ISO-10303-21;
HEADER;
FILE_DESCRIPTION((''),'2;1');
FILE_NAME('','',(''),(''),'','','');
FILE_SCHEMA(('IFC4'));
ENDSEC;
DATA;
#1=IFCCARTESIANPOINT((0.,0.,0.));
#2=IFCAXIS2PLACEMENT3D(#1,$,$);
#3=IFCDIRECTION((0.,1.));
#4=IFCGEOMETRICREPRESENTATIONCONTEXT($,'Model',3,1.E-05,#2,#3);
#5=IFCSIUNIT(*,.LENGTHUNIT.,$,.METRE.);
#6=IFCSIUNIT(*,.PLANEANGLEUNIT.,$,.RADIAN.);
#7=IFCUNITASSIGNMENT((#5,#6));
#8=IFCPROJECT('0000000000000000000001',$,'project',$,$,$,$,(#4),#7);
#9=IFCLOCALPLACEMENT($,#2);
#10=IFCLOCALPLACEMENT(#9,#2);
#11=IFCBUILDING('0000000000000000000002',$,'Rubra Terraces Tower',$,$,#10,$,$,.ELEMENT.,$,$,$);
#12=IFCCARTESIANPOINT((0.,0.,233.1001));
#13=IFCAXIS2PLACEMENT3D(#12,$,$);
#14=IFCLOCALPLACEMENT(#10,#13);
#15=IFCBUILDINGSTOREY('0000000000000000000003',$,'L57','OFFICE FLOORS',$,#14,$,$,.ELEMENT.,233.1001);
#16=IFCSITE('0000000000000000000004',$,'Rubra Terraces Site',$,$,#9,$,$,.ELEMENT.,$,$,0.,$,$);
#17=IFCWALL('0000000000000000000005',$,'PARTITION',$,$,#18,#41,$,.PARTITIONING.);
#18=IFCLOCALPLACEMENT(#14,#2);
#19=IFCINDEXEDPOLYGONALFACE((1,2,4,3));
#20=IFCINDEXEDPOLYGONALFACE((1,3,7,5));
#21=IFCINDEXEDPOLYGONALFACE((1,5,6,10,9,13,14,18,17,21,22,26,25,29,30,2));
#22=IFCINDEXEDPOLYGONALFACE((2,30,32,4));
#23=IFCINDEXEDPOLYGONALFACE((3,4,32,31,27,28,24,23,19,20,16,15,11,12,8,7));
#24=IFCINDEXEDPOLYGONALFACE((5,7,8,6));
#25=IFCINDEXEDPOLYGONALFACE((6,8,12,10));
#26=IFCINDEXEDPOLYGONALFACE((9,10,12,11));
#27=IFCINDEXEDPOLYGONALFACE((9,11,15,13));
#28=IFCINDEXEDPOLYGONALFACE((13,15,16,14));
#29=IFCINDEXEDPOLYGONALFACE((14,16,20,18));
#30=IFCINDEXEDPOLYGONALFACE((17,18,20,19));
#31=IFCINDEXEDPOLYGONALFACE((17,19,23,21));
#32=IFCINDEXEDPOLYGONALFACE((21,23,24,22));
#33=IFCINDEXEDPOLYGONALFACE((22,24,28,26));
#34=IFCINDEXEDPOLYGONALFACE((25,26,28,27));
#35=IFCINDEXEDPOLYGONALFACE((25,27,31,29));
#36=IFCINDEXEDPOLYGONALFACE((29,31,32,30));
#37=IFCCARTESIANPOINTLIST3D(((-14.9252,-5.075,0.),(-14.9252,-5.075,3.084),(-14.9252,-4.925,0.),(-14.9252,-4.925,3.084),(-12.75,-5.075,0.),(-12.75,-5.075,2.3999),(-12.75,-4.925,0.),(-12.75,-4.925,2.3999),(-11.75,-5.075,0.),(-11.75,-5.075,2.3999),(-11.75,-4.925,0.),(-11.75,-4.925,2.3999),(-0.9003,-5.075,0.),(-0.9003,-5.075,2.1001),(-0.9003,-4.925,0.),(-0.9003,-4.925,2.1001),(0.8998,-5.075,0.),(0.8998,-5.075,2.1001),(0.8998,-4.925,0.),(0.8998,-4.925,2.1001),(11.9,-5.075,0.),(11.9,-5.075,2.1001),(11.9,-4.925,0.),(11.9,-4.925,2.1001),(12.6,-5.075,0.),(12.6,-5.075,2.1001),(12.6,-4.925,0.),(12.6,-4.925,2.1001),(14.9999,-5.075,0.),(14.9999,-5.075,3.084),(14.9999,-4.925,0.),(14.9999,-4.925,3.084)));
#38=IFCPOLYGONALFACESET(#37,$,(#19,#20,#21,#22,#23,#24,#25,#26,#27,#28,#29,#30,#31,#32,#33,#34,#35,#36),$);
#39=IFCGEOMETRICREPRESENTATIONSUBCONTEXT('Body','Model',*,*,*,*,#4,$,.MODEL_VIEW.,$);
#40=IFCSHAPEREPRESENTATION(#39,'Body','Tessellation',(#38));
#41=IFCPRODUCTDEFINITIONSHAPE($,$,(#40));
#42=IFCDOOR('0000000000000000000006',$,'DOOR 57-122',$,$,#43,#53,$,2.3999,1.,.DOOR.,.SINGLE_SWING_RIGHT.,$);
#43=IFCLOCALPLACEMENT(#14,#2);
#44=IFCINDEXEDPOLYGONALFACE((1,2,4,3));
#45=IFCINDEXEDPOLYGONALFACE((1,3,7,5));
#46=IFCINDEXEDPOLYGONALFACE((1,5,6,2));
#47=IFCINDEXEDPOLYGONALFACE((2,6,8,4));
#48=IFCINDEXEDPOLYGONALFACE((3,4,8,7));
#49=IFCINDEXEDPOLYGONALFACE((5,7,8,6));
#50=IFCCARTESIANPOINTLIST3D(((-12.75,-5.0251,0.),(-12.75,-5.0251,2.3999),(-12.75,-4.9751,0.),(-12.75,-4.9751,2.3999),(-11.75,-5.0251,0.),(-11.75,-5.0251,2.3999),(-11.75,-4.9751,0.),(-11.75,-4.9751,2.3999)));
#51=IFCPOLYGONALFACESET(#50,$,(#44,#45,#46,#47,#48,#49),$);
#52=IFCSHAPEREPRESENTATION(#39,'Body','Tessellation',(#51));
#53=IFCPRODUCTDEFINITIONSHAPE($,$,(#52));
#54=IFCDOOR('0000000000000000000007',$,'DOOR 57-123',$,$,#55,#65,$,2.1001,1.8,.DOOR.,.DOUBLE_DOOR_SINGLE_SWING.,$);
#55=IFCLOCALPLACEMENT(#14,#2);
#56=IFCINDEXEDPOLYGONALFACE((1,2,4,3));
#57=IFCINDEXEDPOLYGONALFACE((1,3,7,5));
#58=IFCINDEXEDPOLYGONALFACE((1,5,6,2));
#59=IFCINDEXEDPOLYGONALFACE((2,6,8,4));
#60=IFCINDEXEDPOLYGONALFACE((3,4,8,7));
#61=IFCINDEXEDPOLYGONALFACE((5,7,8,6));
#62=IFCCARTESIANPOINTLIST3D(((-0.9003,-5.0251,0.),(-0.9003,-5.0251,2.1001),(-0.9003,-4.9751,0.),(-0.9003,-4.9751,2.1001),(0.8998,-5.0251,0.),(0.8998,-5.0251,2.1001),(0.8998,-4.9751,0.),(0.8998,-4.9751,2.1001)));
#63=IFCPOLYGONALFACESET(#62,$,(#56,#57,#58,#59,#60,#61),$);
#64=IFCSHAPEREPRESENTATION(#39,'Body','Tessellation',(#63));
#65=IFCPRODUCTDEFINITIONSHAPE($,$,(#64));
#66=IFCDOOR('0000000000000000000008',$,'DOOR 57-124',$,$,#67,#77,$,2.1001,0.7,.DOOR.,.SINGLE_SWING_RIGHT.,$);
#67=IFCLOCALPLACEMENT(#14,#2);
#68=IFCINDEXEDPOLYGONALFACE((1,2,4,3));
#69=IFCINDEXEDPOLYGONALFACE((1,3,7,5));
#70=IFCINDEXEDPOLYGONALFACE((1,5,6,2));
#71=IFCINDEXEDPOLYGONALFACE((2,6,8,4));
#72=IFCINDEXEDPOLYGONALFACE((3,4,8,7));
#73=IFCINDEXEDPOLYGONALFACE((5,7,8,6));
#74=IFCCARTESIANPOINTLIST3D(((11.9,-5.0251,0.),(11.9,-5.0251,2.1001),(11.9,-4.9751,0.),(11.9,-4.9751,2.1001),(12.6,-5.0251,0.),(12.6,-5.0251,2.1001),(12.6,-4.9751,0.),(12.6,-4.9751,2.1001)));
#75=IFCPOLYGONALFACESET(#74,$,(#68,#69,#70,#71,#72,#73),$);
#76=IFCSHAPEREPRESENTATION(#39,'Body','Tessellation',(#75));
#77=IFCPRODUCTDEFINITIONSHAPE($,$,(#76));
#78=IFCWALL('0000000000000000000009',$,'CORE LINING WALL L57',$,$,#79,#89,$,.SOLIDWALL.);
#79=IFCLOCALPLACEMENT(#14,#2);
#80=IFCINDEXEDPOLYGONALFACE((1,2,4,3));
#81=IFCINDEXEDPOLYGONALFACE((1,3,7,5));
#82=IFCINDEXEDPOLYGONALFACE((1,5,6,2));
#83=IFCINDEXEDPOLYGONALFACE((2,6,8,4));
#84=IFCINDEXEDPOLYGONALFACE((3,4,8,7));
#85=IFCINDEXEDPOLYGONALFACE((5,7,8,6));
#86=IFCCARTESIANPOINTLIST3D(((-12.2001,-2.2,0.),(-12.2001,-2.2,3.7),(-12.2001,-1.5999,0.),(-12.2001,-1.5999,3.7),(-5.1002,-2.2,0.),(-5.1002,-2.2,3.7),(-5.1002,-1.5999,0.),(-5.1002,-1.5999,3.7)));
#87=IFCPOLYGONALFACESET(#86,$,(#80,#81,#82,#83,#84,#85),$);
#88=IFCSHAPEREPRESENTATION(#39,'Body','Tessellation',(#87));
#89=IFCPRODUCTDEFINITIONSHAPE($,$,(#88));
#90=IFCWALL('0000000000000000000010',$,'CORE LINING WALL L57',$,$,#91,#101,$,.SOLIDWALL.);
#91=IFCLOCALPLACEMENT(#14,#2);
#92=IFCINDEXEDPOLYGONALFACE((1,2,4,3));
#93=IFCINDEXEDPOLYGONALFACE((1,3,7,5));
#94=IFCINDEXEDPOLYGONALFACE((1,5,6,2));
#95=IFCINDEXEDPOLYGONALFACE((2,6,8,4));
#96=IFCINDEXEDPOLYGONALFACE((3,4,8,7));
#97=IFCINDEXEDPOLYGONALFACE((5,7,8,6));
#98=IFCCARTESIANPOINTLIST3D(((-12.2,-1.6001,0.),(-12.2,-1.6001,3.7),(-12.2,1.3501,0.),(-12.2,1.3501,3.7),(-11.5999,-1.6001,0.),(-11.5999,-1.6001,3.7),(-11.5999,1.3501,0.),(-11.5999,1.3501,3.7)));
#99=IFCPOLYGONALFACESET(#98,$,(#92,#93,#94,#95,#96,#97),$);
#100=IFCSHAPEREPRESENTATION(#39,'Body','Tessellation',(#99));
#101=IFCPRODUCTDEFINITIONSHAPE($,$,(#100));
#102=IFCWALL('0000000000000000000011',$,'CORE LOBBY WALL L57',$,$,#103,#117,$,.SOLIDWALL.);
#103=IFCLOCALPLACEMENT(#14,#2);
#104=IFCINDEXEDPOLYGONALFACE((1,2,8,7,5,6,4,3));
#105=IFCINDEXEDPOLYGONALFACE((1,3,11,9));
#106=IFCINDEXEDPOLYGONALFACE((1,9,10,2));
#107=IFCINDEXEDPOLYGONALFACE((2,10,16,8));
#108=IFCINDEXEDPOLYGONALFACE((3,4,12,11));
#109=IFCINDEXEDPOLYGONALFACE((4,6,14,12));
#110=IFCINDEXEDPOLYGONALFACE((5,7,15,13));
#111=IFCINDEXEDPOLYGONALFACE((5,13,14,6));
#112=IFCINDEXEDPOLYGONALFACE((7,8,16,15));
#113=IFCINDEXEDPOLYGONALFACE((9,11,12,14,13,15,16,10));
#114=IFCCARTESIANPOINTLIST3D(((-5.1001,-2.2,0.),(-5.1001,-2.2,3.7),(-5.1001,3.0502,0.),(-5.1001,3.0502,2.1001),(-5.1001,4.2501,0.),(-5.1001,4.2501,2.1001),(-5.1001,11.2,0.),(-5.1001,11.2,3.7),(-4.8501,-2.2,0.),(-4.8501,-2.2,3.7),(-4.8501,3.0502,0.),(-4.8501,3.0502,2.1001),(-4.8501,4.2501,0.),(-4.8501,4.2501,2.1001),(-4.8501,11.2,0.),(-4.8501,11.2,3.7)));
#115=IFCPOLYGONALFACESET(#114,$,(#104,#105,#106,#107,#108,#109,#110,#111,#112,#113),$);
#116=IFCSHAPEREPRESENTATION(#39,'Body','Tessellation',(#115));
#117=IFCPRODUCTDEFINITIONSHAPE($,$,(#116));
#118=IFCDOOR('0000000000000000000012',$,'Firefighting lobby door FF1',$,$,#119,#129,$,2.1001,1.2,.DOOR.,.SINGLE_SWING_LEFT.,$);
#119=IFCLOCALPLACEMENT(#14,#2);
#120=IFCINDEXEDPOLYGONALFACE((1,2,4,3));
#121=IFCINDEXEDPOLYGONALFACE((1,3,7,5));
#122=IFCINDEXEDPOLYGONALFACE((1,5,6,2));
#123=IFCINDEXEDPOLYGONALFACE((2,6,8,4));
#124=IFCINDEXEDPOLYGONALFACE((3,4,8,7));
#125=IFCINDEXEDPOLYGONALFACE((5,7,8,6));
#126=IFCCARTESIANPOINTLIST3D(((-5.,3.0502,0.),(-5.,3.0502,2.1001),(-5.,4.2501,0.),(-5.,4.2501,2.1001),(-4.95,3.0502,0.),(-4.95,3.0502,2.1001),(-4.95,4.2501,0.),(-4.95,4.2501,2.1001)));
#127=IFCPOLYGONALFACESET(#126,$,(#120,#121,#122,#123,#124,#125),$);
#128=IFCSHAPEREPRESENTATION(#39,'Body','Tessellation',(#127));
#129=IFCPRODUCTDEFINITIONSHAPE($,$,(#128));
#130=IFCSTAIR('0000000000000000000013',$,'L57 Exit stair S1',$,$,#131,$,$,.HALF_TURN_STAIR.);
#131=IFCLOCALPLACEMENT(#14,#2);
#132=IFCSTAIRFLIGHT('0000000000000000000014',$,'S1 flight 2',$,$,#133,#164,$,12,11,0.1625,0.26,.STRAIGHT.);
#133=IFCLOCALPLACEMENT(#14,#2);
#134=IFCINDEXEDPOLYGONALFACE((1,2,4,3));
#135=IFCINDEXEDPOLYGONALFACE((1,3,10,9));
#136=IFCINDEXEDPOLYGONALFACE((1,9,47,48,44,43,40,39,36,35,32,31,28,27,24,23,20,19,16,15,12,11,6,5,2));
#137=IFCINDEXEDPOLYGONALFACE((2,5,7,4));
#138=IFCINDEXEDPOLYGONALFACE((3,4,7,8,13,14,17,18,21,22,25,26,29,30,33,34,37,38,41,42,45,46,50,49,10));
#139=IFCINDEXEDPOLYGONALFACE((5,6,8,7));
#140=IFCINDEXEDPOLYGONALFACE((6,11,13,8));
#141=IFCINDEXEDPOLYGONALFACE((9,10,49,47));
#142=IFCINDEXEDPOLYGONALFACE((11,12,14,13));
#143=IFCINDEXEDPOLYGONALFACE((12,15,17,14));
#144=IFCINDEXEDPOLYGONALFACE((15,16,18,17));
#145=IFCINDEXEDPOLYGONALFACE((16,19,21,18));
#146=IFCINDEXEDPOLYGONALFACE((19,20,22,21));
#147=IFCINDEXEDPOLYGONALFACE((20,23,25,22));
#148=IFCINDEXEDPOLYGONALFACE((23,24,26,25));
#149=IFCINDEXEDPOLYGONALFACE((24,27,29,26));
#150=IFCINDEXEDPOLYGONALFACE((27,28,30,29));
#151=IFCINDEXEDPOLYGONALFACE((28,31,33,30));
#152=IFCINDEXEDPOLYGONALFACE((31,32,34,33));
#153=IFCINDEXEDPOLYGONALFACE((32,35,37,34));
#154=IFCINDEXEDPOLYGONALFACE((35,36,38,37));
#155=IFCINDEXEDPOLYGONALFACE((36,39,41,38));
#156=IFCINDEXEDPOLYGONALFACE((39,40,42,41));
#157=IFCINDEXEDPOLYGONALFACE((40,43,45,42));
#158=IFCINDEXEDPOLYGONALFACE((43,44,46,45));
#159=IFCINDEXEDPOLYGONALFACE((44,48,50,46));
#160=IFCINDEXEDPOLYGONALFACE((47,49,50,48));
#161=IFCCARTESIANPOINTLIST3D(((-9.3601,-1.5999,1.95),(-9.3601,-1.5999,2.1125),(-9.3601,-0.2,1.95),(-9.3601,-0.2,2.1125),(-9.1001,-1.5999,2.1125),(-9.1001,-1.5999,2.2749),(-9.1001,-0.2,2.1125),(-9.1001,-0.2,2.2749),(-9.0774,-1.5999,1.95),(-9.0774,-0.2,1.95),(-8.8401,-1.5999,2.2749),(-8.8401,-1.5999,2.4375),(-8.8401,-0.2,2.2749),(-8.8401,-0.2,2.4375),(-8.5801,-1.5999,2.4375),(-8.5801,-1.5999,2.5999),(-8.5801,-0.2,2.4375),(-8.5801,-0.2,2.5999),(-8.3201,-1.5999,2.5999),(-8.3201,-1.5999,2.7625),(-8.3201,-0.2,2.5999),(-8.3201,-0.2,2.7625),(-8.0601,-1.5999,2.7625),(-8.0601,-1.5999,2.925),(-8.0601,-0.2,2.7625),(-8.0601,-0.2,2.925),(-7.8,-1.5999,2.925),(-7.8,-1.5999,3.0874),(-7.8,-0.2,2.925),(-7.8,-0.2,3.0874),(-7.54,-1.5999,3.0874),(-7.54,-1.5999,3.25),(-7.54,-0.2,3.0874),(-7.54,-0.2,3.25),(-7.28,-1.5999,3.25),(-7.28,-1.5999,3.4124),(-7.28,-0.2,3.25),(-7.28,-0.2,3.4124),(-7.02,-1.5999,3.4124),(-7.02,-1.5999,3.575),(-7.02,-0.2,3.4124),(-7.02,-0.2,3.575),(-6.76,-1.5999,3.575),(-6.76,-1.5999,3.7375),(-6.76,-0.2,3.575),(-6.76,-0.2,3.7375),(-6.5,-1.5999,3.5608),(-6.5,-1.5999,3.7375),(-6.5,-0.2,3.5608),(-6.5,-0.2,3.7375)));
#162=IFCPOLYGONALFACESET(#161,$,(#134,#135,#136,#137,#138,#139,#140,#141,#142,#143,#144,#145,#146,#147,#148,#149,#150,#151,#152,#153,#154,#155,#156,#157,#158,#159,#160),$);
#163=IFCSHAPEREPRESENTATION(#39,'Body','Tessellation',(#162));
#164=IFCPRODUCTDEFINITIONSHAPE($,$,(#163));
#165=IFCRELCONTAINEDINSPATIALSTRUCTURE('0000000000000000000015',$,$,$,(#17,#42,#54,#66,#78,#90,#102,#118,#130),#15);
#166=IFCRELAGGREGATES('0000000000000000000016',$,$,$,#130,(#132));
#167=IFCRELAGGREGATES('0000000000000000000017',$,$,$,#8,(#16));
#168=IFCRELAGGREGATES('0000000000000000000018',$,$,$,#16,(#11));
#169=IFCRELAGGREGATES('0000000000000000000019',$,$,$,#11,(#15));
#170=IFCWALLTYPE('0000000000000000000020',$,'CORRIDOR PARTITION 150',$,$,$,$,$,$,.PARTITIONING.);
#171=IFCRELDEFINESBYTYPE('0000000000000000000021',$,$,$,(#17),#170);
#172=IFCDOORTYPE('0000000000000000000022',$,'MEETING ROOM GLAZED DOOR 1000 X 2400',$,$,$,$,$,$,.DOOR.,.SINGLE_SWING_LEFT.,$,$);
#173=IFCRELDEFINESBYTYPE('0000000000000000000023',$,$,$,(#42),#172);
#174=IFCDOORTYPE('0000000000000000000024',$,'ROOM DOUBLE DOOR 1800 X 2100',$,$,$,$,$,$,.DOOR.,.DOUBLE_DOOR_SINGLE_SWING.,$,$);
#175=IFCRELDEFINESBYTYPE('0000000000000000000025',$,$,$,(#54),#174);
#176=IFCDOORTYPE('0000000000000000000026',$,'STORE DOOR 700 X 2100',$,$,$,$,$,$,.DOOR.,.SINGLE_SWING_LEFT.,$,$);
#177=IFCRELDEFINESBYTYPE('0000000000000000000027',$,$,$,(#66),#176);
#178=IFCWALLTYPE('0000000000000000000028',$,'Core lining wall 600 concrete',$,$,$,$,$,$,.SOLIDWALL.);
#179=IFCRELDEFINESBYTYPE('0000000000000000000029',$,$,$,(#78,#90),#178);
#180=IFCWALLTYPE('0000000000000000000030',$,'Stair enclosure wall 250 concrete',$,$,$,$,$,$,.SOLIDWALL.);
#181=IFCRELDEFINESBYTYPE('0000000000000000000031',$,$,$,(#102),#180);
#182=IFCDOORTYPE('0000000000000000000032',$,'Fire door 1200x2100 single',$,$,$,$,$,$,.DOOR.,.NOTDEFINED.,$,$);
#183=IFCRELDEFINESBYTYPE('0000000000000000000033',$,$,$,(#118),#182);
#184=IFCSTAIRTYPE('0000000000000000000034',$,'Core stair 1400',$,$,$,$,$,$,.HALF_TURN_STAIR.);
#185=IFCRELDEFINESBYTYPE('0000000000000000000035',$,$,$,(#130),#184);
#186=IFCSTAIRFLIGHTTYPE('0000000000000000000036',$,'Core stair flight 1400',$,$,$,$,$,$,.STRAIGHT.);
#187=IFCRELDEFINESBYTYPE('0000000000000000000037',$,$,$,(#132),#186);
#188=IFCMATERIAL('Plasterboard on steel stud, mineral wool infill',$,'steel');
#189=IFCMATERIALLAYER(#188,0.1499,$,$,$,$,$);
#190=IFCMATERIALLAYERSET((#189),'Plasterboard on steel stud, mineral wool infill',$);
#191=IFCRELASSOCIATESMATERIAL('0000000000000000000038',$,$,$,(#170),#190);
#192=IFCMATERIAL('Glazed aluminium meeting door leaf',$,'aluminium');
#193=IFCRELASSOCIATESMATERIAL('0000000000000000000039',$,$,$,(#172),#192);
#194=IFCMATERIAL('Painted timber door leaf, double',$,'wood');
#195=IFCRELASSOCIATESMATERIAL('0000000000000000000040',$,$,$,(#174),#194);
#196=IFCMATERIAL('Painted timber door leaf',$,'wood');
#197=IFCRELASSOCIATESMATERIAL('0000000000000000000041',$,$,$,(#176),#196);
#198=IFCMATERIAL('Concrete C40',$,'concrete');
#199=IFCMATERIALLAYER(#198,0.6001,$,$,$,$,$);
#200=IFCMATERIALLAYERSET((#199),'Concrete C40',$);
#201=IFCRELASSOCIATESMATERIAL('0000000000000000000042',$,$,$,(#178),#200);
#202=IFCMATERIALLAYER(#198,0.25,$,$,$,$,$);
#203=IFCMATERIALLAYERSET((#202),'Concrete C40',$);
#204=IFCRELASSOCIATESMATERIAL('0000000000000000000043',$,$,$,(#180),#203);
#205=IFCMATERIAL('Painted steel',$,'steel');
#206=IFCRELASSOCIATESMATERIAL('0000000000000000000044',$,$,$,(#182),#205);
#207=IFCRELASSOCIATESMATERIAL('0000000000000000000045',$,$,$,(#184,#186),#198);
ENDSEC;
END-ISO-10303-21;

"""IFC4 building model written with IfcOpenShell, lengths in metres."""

from ifc_helpers import new_model, si_unit, direction, frame, frame_2d, origin, place, context, subcontext, project, spatial, polyline, rectangle, outline, extrude, material, layer, layer_set, type_object, element, fill, aggregate, save


model = new_model("IFC4")

# Units and contexts
model_context = context("Model", 3, precision=1e-05, world=origin(), true_north=direction((0.0, 1.0)))
body_context = subcontext(model_context, "Body", "Model", "MODEL_VIEW")
ifc_project = project(units=[si_unit("LENGTHUNIT", "METRE"), si_unit("PLANEANGLEUNIT", "RADIAN")], contexts=[model_context])

# Site, building, storey
site_placement = place(None, origin())
site = spatial("IfcSite", under=ifc_project, at=site_placement, Name="Rubra Terraces Site", CompositionType="ELEMENT", RefElevation=0.0)
building_placement = place(site_placement, origin())
building = spatial("IfcBuilding", under=site, at=building_placement, Name="Rubra Terraces Tower", CompositionType="ELEMENT")
storey_placement = place(building_placement, frame((0.0, 0.0, 233.1001)))
storey = spatial("IfcBuildingStorey", under=building, at=storey_placement, Name="L57", Description="OFFICE FLOORS", CompositionType="ELEMENT", Elevation=233.1001)

# Shared definitions
ifc_material_1 = material(Name="Painted steel", Category="steel")

# Shared definitions
ifc_material_2 = material(Name="Plasterboard on steel stud, mineral wool infill", Category="steel")
ifc_layer_1 = layer(ifc_material_2, 0.1499)
ifc_layer_set_1 = layer_set([ifc_layer_1], Name="Plasterboard on steel stud, mineral wool infill")
wall_type_1 = type_object("IfcWallType", Name="CORRIDOR PARTITION 150", PredefinedType="PARTITIONING", material=ifc_layer_set_1)

# Wall, openings, doors
wall_1_placement = place(storey_placement, frame((-14.925, -5.0, 0.0), z_axis=(0.0, 0.0, 1.0), x_axis=(1.0, 0.0, 0.0)))
wall_1 = element("IfcWall", 1, at=wall_1_placement, inside=storey, type_object=wall_type_1, Name="PARTITION", PredefinedType="PARTITIONING", context=body_context, shape_type="SweptSolid", body=[
    extrude(rectangle(XDim=29.925, YDim=0.1499, at=frame_2d((14.9624, 0.0))), origin(), (0.0, 0.0, 1.0), 3.084),
])
opening_1_placement = place(wall_1_placement, frame((2.175, 0.0, 0.0)))
opening_1 = element("IfcOpeningElement", 2, at=opening_1_placement, cuts=wall_1, PredefinedType="OPENING", context=body_context, shape_type="SweptSolid", body=[
    extrude(rectangle(XDim=1.0, YDim=2.3999, at=frame_2d((0.5, 1.2))), frame((0.0, 0.085, 0.0), z_axis=(0.0, -1.0, 0.0), x_axis=(1.0, 0.0, 0.0)), (0.0, 0.0, 1.0), 0.1699),
])
opening_2_placement = place(wall_1_placement, frame((14.0249, 0.0, 0.0)))
opening_2 = element("IfcOpeningElement", 3, at=opening_2_placement, cuts=wall_1, PredefinedType="OPENING", context=body_context, shape_type="SweptSolid", body=[
    extrude(rectangle(XDim=1.8, YDim=2.1001, at=frame_2d((0.8999, 1.05))), frame((0.0, 0.085, 0.0), z_axis=(0.0, -1.0, 0.0), x_axis=(1.0, 0.0, 0.0)), (0.0, 0.0, 1.0), 0.1699),
])
opening_3_placement = place(wall_1_placement, frame((26.825, 0.0, 0.0)))
opening_3 = element("IfcOpeningElement", 4, at=opening_3_placement, cuts=wall_1, PredefinedType="OPENING", context=body_context, shape_type="SweptSolid", body=[
    extrude(rectangle(XDim=0.7, YDim=2.1001, at=frame_2d((0.3501, 1.05))), frame((0.0, 0.085, 0.0), z_axis=(0.0, -1.0, 0.0), x_axis=(1.0, 0.0, 0.0)), (0.0, 0.0, 1.0), 0.1699),
])
ifc_material_3 = material(Name="Glazed aluminium meeting door leaf", Category="aluminium")
door_type_1 = type_object("IfcDoorType", Name="MEETING ROOM GLAZED DOOR 1000 X 2400", OperationType="SINGLE_SWING_LEFT", PredefinedType="DOOR", material=ifc_material_3)
door_1_placement = place(opening_1_placement, origin())
door_1 = element("IfcDoor", 5, at=door_1_placement, inside=storey, type_object=door_type_1, Name="DOOR 57-122", OperationType="SINGLE_SWING_RIGHT", OverallHeight=2.3999, OverallWidth=1.0, PredefinedType="DOOR", context=body_context, shape_type="SweptSolid", body=[
    extrude(rectangle(XDim=1.0, YDim=2.3999, at=frame_2d((0.5, 1.2))), frame((0.0, 0.0249, 0.0), z_axis=(0.0, -1.0, 0.0), x_axis=(1.0, 0.0, 0.0)), (0.0, 0.0, 1.0), 0.05),
])
fill(opening_1, door_1)
ifc_material_4 = material(Name="Painted timber door leaf, double", Category="wood")
door_type_2 = type_object("IfcDoorType", Name="ROOM DOUBLE DOOR 1800 X 2100", OperationType="DOUBLE_DOOR_SINGLE_SWING", PredefinedType="DOOR", material=ifc_material_4)
door_2_placement = place(opening_2_placement, origin())
door_2 = element("IfcDoor", 6, at=door_2_placement, inside=storey, type_object=door_type_2, Name="DOOR 57-123", OperationType="DOUBLE_DOOR_SINGLE_SWING", OverallHeight=2.1001, OverallWidth=1.8, PredefinedType="DOOR", context=body_context, shape_type="SweptSolid", body=[
    extrude(rectangle(XDim=1.8, YDim=2.1001, at=frame_2d((0.8999, 1.05))), frame((0.0, 0.0249, 0.0), z_axis=(0.0, -1.0, 0.0), x_axis=(1.0, 0.0, 0.0)), (0.0, 0.0, 1.0), 0.05),
])
fill(opening_2, door_2)
ifc_material_5 = material(Name="Painted timber door leaf", Category="wood")
door_type_3 = type_object("IfcDoorType", Name="STORE DOOR 700 X 2100", OperationType="SINGLE_SWING_LEFT", PredefinedType="DOOR", material=ifc_material_5)
door_3_placement = place(opening_3_placement, origin())
door_3 = element("IfcDoor", 7, at=door_3_placement, inside=storey, type_object=door_type_3, Name="DOOR 57-124", OperationType="SINGLE_SWING_RIGHT", OverallHeight=2.1001, OverallWidth=0.7, PredefinedType="DOOR", context=body_context, shape_type="SweptSolid", body=[
    extrude(rectangle(XDim=0.7, YDim=2.1001, at=frame_2d((0.3501, 1.05))), frame((0.0, 0.0249, 0.0), z_axis=(0.0, -1.0, 0.0), x_axis=(1.0, 0.0, 0.0)), (0.0, 0.0, 1.0), 0.05),
])
fill(opening_3, door_3)

# Walls
ifc_material_6 = material(Name="Concrete C40", Category="concrete")
ifc_layer_2 = layer(ifc_material_6, 0.6001)
ifc_layer_set_2 = layer_set([ifc_layer_2], Name="Concrete C40")
wall_type_2 = type_object("IfcWallType", Name="Core lining wall 600 concrete", PredefinedType="SOLIDWALL", material=ifc_layer_set_2)
wall_2_placement = place(storey_placement, frame((-12.2, -1.8999, 0.0), z_axis=(0.0, 0.0, 1.0), x_axis=(1.0, 0.0, 0.0)))
element("IfcWall", 8, at=wall_2_placement, inside=storey, type_object=wall_type_2, Name="CORE LINING WALL L57", PredefinedType="SOLIDWALL", context=body_context, shape_type="SweptSolid", body=[
    extrude(rectangle(XDim=7.0999, YDim=0.6001, at=frame_2d((3.5498, 0.0))), origin(), (0.0, 0.0, 1.0), 3.7),
])
wall_3_placement = place(storey_placement, frame((-11.8999, -1.6001, 0.0), z_axis=(0.0, 0.0, 1.0), x_axis=(0.0, 1.0, 0.0)))
element("IfcWall", 9, at=wall_3_placement, inside=storey, type_object=wall_type_2, Name="CORE LINING WALL L57", PredefinedType="SOLIDWALL", context=body_context, shape_type="SweptSolid", body=[
    extrude(rectangle(XDim=2.9502, YDim=0.6001, at=frame_2d((1.4751, 0.0))), origin(), (0.0, 0.0, 1.0), 3.7),
])

# Wall, opening, door
ifc_layer_3 = layer(ifc_material_6, 0.25)
ifc_layer_set_3 = layer_set([ifc_layer_3], Name="Concrete C40")
wall_type_3 = type_object("IfcWallType", Name="Stair enclosure wall 250 concrete", PredefinedType="SOLIDWALL", material=ifc_layer_set_3)
wall_4_placement = place(storey_placement, frame((-4.9751, -2.2, 0.0), z_axis=(0.0, 0.0, 1.0), x_axis=(0.0, 1.0, 0.0)))
wall_4 = element("IfcWall", 10, at=wall_4_placement, inside=storey, type_object=wall_type_3, Name="CORE LOBBY WALL L57", PredefinedType="SOLIDWALL", context=body_context, shape_type="SweptSolid", body=[
    extrude(rectangle(XDim=13.3999, YDim=0.25, at=frame_2d((6.7, 0.0))), origin(), (0.0, 0.0, 1.0), 3.7),
])
opening_4_placement = place(wall_4_placement, frame((5.25, 0.0, 0.0)))
opening_4 = element("IfcOpeningElement", 11, at=opening_4_placement, cuts=wall_4, PredefinedType="OPENING", context=body_context, shape_type="SweptSolid", body=[
    extrude(rectangle(XDim=1.2, YDim=2.1001, at=frame_2d((0.6001, 1.05))), frame((0.0, 0.135, 0.0), z_axis=(0.0, -1.0, 0.0), x_axis=(1.0, 0.0, 0.0)), (0.0, 0.0, 1.0), 0.27),
])
door_type_4 = type_object("IfcDoorType", Name="Fire door 1200x2100 single", OperationType="NOTDEFINED", PredefinedType="DOOR", material=ifc_material_1)
door_4_placement = place(opening_4_placement, origin())
door_4 = element("IfcDoor", 12, at=door_4_placement, inside=storey, type_object=door_type_4, Name="Firefighting lobby door FF1", OperationType="SINGLE_SWING_LEFT", OverallHeight=2.1001, OverallWidth=1.2, PredefinedType="DOOR", context=body_context, shape_type="SweptSolid", body=[
    extrude(rectangle(XDim=1.2, YDim=2.1001, at=frame_2d((0.6001, 1.05))), frame((0.0, 0.0249, 0.0), z_axis=(0.0, -1.0, 0.0), x_axis=(1.0, 0.0, 0.0)), (0.0, 0.0, 1.0), 0.05),
])
fill(opening_4, door_4)

# Stair, stair flight
stair_type = type_object("IfcStairType", Name="Core stair 1400", PredefinedType="HALF_TURN_STAIR", material=ifc_material_6)
stair_placement = place(storey_placement, origin())
stair = element("IfcStair", 13, at=stair_placement, inside=storey, type_object=stair_type, Name="L57 Exit stair S1", PredefinedType="HALF_TURN_STAIR")
stair_flight_type = type_object("IfcStairFlightType", Name="Core stair flight 1400", PredefinedType="STRAIGHT", material=ifc_material_6)
stair_flight_placement = place(storey_placement, frame((-9.3601, -0.8999, 1.95), z_axis=(0.0, 0.0, 1.0), x_axis=(1.0, 0.0, 0.0)))
stair_flight = element("IfcStairFlight", 14, at=stair_flight_placement, type_object=stair_flight_type, Name="S1 flight 2", NumberOfRisers=12, NumberOfTreads=11, PredefinedType="STRAIGHT", RiserHeight=0.1625, TreadLength=0.26, context=body_context, shape_type="SweptSolid", body=[
    extrude(outline(polyline([(0.0, 0.0), (0.0, 0.1626), (0.26, 0.1626), (0.26, 0.325), (0.52, 0.325), (0.52, 0.4875), (0.78, 0.4875), (0.78, 0.6499), (1.04, 0.6499), (1.04, 0.8125), (1.3, 0.8125), (1.3, 0.9751), (1.5601, 0.9751), (1.5601, 1.1375), (1.8201, 1.1375), (1.8201, 1.3), (2.0801, 1.3), (2.0801, 1.4624), (2.3401, 1.4624), (2.3401, 1.625), (2.6001, 1.625), (2.6001, 1.7876), (2.8601, 1.7876), (2.8601, 1.95), (2.8601, 1.6108), (0.2827, 0.0), (0.0, 0.0)])), frame((0.0, 0.7, 0.0), z_axis=(0.0, -1.0, 0.0), x_axis=(1.0, 0.0, 0.0)), (0.0, 0.0, 1.0), 1.3999),
])
aggregate(stair, [stair_flight])

save(model, "model.ifc")
